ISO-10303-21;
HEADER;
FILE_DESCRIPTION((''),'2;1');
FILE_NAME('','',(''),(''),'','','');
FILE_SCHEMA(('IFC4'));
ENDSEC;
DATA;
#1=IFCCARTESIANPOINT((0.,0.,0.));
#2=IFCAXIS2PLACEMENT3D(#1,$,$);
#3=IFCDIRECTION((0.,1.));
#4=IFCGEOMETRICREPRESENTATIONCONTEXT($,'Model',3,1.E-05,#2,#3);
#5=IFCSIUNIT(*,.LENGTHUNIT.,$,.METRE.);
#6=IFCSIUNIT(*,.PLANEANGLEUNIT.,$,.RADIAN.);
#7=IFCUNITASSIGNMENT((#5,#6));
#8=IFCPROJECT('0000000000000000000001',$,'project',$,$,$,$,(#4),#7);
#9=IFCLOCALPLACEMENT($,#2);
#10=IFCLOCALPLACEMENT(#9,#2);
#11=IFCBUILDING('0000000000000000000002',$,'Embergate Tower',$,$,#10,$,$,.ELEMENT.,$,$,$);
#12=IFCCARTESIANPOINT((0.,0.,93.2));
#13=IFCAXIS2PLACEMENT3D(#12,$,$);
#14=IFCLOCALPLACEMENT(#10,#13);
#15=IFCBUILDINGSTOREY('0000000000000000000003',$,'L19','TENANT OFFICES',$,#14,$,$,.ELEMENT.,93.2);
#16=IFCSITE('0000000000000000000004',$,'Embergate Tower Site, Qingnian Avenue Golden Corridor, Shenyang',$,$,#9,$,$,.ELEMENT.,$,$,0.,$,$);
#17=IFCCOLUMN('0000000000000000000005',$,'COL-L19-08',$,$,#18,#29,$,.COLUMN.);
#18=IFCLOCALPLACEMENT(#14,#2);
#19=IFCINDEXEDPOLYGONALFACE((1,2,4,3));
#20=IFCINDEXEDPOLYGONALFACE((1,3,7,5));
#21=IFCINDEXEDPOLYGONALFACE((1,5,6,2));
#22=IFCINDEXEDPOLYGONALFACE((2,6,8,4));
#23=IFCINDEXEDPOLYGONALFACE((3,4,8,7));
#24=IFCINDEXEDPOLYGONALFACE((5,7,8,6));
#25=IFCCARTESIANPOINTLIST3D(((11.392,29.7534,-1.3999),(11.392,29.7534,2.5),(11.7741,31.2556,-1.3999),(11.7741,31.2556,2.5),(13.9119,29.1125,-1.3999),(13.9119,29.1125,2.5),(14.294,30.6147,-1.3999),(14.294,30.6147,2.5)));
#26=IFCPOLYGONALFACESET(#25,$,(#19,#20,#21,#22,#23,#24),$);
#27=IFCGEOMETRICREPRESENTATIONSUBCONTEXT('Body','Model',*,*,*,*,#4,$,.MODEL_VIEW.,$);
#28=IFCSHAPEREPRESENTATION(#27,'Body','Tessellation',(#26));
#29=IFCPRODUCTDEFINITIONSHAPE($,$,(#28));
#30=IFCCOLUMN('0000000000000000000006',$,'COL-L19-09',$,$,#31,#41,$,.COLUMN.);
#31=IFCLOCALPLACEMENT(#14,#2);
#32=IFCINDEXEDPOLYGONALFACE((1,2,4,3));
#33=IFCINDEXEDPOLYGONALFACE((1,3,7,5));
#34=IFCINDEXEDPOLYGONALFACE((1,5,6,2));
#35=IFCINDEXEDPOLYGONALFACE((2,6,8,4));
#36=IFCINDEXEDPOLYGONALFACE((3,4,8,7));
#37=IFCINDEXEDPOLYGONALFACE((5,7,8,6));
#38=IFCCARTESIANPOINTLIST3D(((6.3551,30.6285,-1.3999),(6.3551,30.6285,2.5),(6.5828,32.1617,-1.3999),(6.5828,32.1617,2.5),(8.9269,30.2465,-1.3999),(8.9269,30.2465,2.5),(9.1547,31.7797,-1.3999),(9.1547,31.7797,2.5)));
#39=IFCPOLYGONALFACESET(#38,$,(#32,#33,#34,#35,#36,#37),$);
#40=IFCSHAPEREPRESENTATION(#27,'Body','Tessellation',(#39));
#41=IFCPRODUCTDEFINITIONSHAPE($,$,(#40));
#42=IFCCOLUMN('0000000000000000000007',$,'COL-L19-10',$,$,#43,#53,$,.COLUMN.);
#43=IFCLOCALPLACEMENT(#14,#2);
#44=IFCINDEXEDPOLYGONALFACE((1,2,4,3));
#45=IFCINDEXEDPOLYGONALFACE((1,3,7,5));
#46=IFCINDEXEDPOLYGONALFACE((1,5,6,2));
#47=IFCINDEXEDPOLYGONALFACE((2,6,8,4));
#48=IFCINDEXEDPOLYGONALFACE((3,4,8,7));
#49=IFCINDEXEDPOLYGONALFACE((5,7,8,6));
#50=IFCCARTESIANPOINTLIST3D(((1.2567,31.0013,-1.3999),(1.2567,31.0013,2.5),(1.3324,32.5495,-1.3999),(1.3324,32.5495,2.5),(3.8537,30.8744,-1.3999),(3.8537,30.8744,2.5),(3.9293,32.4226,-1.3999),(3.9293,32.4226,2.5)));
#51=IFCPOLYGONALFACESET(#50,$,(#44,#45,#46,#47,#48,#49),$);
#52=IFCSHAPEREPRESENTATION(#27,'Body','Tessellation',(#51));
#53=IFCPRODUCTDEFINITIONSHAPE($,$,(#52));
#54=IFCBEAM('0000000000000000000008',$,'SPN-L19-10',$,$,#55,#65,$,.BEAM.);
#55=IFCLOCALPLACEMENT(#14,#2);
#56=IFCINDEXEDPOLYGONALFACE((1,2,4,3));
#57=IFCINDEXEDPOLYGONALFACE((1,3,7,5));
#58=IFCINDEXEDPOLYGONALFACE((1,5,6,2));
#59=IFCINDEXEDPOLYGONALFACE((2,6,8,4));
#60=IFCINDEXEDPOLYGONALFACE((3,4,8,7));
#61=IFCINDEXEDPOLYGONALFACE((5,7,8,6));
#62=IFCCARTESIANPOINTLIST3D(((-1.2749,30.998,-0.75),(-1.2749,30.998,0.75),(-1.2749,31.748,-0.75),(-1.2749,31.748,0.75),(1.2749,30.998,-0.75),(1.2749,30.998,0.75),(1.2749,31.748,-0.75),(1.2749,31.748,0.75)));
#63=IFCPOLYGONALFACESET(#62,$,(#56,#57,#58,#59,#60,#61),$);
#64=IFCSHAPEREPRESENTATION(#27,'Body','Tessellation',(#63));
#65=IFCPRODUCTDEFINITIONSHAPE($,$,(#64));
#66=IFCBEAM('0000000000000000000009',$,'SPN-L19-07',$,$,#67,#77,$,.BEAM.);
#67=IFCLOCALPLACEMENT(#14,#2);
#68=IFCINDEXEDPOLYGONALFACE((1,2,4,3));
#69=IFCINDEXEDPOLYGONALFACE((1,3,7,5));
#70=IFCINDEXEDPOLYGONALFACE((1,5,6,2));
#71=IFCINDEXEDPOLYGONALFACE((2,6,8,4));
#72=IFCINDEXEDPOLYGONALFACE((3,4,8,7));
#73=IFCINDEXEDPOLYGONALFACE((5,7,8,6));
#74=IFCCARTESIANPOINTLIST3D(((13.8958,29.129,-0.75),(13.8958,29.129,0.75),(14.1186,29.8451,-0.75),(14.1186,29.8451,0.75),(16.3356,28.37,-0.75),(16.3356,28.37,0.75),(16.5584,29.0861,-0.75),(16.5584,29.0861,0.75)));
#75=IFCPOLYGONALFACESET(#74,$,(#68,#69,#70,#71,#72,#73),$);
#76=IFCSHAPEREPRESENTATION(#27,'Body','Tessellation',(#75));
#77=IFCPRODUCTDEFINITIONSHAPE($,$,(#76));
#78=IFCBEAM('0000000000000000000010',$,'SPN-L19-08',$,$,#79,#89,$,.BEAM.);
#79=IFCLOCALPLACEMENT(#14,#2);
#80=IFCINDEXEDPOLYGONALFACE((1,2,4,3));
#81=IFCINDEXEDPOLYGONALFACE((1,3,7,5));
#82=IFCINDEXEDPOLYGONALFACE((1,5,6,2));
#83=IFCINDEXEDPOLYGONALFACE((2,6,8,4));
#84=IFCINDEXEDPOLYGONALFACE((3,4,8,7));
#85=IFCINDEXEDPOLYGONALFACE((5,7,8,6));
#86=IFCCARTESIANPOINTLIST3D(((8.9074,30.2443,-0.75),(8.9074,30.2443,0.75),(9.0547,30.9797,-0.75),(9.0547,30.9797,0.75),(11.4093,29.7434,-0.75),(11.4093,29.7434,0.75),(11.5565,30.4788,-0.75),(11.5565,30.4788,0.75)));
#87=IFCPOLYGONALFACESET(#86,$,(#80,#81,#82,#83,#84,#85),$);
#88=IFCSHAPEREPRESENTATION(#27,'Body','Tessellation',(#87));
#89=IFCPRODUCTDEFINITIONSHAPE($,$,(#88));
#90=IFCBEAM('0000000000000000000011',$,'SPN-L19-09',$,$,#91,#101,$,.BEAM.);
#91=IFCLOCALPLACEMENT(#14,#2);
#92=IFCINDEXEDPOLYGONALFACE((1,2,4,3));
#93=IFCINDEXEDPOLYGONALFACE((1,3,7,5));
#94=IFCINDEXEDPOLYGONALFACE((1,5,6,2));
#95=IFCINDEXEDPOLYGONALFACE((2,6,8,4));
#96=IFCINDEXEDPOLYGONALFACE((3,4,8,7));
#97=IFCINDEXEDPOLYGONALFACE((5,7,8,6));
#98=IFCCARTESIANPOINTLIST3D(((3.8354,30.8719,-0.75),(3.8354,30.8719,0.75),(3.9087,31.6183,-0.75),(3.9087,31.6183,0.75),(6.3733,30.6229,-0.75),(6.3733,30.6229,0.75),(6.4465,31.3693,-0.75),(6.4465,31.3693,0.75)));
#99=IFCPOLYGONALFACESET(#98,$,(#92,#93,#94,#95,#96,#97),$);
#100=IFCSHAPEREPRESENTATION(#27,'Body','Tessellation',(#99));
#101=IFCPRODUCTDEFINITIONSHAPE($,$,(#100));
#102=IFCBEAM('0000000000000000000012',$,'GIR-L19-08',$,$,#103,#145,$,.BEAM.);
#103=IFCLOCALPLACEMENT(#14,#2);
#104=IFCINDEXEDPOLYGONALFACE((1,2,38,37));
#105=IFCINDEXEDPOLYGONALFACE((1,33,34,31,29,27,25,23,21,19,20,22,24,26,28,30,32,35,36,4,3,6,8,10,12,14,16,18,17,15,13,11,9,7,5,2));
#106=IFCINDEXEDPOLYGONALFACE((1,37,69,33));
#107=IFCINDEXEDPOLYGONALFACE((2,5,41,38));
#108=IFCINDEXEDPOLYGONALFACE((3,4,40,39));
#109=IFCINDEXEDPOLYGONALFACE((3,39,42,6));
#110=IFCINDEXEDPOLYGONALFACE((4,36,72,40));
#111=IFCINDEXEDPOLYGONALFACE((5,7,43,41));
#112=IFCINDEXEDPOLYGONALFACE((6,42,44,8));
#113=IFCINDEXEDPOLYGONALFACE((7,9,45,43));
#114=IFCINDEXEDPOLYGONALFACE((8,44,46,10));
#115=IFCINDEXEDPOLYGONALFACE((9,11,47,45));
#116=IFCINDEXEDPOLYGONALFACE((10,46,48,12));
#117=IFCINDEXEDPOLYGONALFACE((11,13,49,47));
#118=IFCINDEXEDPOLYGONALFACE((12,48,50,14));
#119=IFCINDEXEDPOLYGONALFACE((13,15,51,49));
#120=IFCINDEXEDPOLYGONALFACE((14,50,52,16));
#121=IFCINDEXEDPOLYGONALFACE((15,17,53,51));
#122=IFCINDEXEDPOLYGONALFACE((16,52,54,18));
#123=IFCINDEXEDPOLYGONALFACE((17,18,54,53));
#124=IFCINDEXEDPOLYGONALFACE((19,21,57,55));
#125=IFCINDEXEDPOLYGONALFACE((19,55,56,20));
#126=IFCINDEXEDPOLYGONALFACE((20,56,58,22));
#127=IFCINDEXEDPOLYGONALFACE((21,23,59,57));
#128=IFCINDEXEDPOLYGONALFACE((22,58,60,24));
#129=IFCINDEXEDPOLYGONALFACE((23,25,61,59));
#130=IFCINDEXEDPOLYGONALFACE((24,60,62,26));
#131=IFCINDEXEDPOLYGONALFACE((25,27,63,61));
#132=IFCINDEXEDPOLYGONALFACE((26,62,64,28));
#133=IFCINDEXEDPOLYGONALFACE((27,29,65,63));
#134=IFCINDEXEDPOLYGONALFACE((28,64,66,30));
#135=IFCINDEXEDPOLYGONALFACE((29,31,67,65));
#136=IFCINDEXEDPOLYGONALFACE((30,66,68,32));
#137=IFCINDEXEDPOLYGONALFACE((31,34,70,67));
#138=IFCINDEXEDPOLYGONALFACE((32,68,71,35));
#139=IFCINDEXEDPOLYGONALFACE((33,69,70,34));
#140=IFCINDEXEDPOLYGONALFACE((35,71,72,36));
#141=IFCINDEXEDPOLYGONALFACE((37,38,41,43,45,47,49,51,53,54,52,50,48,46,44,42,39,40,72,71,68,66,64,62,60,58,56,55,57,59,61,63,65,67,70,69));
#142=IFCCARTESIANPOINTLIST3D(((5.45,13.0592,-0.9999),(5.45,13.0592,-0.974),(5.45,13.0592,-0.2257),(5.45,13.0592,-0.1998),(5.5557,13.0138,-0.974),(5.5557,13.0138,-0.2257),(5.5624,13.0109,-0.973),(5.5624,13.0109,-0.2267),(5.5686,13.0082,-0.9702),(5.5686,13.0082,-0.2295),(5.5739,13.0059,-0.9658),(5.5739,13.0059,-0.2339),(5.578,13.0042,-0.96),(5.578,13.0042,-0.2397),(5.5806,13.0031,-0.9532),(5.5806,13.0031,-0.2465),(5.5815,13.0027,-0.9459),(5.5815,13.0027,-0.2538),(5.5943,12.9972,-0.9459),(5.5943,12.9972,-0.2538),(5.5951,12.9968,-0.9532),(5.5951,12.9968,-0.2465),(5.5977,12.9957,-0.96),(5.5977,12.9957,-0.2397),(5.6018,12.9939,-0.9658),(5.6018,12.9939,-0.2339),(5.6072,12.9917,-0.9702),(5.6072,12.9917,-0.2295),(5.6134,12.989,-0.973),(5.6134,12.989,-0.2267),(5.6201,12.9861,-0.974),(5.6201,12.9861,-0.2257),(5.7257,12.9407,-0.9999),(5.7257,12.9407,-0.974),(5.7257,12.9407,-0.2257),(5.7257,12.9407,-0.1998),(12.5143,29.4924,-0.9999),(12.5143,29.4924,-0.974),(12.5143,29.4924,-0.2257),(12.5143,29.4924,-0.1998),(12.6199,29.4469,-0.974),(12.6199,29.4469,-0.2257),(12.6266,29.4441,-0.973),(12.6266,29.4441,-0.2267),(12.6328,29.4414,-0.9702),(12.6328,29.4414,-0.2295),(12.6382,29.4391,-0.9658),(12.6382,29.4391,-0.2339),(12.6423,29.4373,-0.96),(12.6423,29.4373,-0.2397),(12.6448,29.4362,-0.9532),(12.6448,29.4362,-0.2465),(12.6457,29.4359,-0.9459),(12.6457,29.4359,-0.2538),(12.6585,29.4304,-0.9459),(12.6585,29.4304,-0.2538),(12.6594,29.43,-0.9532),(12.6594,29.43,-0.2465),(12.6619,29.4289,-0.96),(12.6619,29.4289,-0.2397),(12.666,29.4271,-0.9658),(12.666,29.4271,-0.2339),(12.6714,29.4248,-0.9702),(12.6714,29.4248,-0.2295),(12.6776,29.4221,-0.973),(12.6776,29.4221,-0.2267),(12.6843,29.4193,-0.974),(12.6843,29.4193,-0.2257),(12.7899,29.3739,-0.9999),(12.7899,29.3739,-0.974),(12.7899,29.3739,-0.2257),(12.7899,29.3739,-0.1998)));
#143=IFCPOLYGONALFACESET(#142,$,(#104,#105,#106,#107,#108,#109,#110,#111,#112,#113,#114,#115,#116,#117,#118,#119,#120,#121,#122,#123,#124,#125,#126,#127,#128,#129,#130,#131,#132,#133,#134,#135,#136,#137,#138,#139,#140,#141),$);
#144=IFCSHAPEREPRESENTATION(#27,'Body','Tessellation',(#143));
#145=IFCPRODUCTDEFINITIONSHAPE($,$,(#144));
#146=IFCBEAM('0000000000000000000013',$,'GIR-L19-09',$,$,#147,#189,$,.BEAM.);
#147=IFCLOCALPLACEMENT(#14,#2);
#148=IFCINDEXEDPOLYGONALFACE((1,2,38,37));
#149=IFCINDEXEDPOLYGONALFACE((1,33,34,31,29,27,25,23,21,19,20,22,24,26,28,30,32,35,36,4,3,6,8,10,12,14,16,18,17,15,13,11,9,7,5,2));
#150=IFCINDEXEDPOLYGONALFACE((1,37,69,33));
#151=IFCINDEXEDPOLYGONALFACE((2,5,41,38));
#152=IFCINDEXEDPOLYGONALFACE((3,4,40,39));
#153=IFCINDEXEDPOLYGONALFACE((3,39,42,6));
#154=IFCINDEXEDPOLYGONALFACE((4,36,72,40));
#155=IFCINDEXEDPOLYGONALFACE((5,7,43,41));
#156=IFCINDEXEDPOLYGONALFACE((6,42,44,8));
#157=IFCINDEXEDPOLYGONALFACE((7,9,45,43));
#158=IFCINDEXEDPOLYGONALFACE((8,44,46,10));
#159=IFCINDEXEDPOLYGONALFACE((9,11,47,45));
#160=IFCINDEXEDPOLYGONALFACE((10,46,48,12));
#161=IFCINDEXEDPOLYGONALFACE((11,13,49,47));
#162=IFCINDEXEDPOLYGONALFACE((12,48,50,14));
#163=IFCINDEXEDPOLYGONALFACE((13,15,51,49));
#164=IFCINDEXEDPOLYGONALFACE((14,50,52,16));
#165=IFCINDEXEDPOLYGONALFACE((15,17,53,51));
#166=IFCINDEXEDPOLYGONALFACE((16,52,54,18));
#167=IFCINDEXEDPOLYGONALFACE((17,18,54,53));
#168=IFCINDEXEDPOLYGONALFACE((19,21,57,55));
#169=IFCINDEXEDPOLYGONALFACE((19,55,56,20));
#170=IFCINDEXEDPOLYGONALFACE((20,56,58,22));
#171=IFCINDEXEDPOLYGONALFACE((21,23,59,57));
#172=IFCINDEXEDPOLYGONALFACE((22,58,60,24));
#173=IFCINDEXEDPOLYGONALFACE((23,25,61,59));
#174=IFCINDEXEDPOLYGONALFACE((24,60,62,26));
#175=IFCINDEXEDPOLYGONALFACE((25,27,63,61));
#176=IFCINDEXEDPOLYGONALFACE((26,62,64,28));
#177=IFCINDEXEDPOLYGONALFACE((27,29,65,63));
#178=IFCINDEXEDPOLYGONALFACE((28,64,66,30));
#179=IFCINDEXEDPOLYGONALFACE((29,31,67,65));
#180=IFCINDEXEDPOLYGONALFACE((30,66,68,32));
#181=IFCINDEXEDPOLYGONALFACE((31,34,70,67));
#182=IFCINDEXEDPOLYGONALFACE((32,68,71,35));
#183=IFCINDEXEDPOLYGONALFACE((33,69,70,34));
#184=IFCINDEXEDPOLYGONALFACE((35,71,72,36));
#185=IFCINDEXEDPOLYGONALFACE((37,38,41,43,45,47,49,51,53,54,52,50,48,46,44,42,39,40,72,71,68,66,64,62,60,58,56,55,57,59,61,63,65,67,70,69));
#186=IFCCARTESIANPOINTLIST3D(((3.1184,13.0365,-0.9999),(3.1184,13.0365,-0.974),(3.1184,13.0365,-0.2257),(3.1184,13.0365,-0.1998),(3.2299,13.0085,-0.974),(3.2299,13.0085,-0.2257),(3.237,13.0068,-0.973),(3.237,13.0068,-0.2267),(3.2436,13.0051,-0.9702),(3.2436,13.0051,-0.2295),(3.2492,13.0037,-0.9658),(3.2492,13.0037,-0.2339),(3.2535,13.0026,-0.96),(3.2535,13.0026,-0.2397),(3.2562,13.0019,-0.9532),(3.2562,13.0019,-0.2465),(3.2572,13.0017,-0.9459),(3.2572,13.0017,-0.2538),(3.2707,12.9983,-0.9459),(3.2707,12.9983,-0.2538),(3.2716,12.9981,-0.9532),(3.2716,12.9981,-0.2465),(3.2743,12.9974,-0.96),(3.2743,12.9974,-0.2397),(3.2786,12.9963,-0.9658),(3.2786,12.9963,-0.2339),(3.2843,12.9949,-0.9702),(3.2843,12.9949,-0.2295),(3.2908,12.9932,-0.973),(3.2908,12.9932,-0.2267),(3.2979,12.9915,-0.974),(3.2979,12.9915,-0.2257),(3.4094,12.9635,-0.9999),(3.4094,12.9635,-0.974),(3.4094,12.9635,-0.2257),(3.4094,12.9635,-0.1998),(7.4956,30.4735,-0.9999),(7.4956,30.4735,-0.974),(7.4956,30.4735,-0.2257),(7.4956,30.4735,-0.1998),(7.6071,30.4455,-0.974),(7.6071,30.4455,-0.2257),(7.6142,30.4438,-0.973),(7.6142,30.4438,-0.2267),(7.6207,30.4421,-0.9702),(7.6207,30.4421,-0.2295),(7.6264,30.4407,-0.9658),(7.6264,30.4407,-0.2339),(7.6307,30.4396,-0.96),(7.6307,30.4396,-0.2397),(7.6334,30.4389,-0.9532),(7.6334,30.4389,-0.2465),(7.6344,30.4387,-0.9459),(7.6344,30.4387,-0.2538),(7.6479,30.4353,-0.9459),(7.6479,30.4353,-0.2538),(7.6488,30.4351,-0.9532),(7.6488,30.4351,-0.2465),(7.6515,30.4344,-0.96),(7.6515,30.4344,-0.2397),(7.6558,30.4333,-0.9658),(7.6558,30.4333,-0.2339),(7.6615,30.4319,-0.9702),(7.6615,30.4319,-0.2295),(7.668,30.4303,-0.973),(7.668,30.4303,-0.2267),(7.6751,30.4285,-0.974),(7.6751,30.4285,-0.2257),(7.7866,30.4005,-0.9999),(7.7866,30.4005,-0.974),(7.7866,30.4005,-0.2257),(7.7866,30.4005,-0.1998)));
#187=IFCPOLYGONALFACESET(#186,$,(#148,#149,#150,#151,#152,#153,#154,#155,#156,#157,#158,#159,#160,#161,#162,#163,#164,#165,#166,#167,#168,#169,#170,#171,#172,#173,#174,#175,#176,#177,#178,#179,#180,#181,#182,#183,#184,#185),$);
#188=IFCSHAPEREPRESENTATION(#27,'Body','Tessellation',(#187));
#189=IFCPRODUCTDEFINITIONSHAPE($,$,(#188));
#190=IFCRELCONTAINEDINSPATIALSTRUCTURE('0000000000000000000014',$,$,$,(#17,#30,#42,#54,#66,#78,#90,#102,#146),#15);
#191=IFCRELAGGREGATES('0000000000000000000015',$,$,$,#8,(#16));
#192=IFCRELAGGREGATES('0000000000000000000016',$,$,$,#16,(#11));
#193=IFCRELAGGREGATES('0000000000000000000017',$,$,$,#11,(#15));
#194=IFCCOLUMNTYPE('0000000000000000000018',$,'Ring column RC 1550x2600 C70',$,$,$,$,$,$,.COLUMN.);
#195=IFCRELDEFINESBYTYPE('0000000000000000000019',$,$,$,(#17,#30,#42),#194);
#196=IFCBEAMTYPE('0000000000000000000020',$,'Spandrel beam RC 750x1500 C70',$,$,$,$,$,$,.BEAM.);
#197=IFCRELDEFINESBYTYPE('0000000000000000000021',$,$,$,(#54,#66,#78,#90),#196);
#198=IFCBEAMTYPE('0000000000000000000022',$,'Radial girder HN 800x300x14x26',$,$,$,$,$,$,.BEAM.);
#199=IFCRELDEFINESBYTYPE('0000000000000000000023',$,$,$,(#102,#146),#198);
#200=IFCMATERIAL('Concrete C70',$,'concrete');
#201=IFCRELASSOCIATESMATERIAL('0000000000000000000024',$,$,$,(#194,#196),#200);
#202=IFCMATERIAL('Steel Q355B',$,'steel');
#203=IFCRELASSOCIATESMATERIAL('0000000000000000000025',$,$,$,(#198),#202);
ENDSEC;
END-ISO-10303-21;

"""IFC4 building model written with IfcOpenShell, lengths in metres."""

from ifc_helpers import new_model, si_unit, direction, frame, origin, origin_2d, place, context, subcontext, project, spatial, rectangle, i_section, extrude, source, transform, mapped, material, material_profile, profile_set, type_object, element, save


model = new_model("IFC4")

# Units and contexts
model_context = context("Model", 3, precision=1e-05, world=origin(), true_north=direction((0.0, 1.0)))
body_context = subcontext(model_context, "Body", "Model", "MODEL_VIEW")
ifc_project = project(units=[si_unit("LENGTHUNIT", "METRE"), si_unit("PLANEANGLEUNIT", "RADIAN")], contexts=[model_context])

# Site, building, storey
site_placement = place(None, origin())
site = spatial("IfcSite", under=ifc_project, at=site_placement, Name="Embergate Tower Site, Qingnian Avenue Golden Corridor, Shenyang", CompositionType="ELEMENT", RefElevation=0.0)
building_placement = place(site_placement, origin())
building = spatial("IfcBuilding", under=site, at=building_placement, Name="Embergate Tower", CompositionType="ELEMENT")
storey_placement = place(building_placement, frame((0.0, 0.0, 93.2)))
storey = spatial("IfcBuildingStorey", under=building, at=storey_placement, Name="L19", Description="TENANT OFFICES", CompositionType="ELEMENT", Elevation=93.2)

# Columns
ifc_material_1 = material(Name="Concrete C70", Category="concrete")
ifc_material_profile_1 = material_profile(ifc_material_1, rectangle(XDim=1.55, YDim=2.6001, at=origin_2d()), Name="RC 1550x2600")
ifc_profile_set_1 = profile_set([ifc_material_profile_1], Name="Concrete C70")
column_type = type_object("IfcColumnType", Name="Ring column RC 1550x2600 C70", PredefinedType="COLUMN", material=ifc_profile_set_1)
shared_shape_1 = source(origin(), body_context, "Body", "SweptSolid", [
    extrude(rectangle(XDim=1.55, YDim=2.6001, at=origin_2d()), origin(), (0.0, 0.0, 1.0), 3.8999),
])
for number, where, z_axis, x_axis, name in (
    (1, (12.843, 30.1841, -1.3999), (0.0, 0.0, 1.0), (0.246492, 0.969145, 0.0), "COL-L19-08"),
    (2, (7.7549, 31.2041, -1.3999), (0.0, 0.0, 1.0), (0.146929, 0.989147, 0.0), "COL-L19-09"),
    (3, (2.593, 31.7119, -1.3999), (0.0, 0.0, 1.0), (0.048815, 0.998808, 0.0), "COL-L19-10"),
):
    element("IfcColumn", number, at=place(storey_placement, frame(where, z_axis=z_axis, x_axis=x_axis)), inside=storey, type_object=column_type, Name=name, PredefinedType="COLUMN", context=body_context, shape_type="MappedRepresentation", body=[
        mapped(shared_shape_1, transform((0.0, 0.0, 0.0))),
    ])

# Beams
ifc_material_profile_2 = material_profile(ifc_material_1, rectangle(XDim=0.75, YDim=1.5, at=origin_2d()), Name="RC 750x1500")
ifc_profile_set_2 = profile_set([ifc_material_profile_2], Name="Concrete C70")
beam_type_1 = type_object("IfcBeamType", Name="Spandrel beam RC 750x1500 C70", PredefinedType="BEAM", material=ifc_profile_set_2)
shared_shape_2 = source(origin(), body_context, "Body", "SweptSolid", [
    extrude(rectangle(XDim=0.75, YDim=1.5, at=origin_2d()), origin(), (0.0, 0.0, 1.0), 2.5498),
])
beam_1_placement = place(storey_placement, frame((1.2749, 31.373, 0.0), z_axis=(-1.0, 0.0, 0.0), x_axis=(0.0, -1.0, 0.0)))
element("IfcBeam", 4, at=beam_1_placement, inside=storey, type_object=beam_type_1, Name="SPN-L19-10", PredefinedType="BEAM", context=body_context, shape_type="MappedRepresentation", body=[
    mapped(shared_shape_2, transform((0.0, 0.0, 0.0))),
])
shared_shape_3 = source(origin(), body_context, "Body", "SweptSolid", [
    extrude(rectangle(XDim=0.75, YDim=1.5, at=origin_2d()), origin(), (0.0, 0.0, 1.0), 2.5552),
])
beam_2_placement = place(storey_placement, frame((16.447, 28.728, 0.0), z_axis=(-0.954863, 0.297045, 0.0), x_axis=(-0.297045, -0.954863, 0.0)))
element("IfcBeam", 5, at=beam_2_placement, inside=storey, type_object=beam_type_1, Name="SPN-L19-07", PredefinedType="BEAM", context=body_context, shape_type="MappedRepresentation", body=[
    mapped(shared_shape_3, transform((0.0, 0.0, 0.0))),
])
shared_shape_4 = source(origin(), body_context, "Body", "SweptSolid", [
    extrude(rectangle(XDim=0.75, YDim=1.5, at=origin_2d()), origin(), (0.0, 0.0, 1.0), 2.5515),
])
beam_3_placement = place(storey_placement, frame((11.4829, 30.1111, 0.0), z_axis=(-0.980536, 0.196337, 0.0), x_axis=(-0.196337, -0.980536, 0.0)))
element("IfcBeam", 6, at=beam_3_placement, inside=storey, type_object=beam_type_1, Name="SPN-L19-08", PredefinedType="BEAM", context=body_context, shape_type="MappedRepresentation", body=[
    mapped(shared_shape_4, transform((0.0, 0.0, 0.0))),
])
shared_shape_5 = source(origin(), body_context, "Body", "SweptSolid", [
    extrude(rectangle(XDim=0.75, YDim=1.5, at=origin_2d()), origin(), (0.0, 0.0, 1.0), 2.55),
])
beam_4_placement = place(storey_placement, frame((6.4099, 30.9961, 0.0), z_axis=(-0.99522, 0.097655, 0.0), x_axis=(-0.097655, -0.99522, 0.0)))
element("IfcBeam", 7, at=beam_4_placement, inside=storey, type_object=beam_type_1, Name="SPN-L19-09", PredefinedType="BEAM", context=body_context, shape_type="MappedRepresentation", body=[
    mapped(shared_shape_5, transform((0.0, 0.0, 0.0))),
])
ifc_material_2 = material(Name="Steel Q355B", Category="steel")
ifc_material_profile_3 = material_profile(ifc_material_2, i_section(OverallWidth=0.3, OverallDepth=0.8, WebThickness=0.0139, FlangeThickness=0.0259, FilletRadius=0.0281, at=origin_2d()), Name="HN 800x300x14x26")
ifc_profile_set_3 = profile_set([ifc_material_profile_3], Name="Steel Q355 grade B")
beam_type_2 = type_object("IfcBeamType", Name="Radial girder HN 800x300x14x26", PredefinedType="BEAM", material=ifc_profile_set_3)
shared_shape_6 = source(origin(), body_context, "Body", "SweptSolid", [
    extrude(i_section(OverallWidth=0.3, OverallDepth=0.8, WebThickness=0.0139, FlangeThickness=0.0259, FilletRadius=0.0281, at=origin_2d()), origin(), (0.0, 0.0, 1.0), 17.8872),
])
beam_5_placement = place(storey_placement, frame((12.6521, 29.4331, -0.5999), z_axis=(-0.394932, -0.91871, 0.0), x_axis=(0.91871, -0.394932, 0.0)))
element("IfcBeam", 8, at=beam_5_placement, inside=storey, type_object=beam_type_2, Name="GIR-L19-08", PredefinedType="BEAM", context=body_context, shape_type="MappedRepresentation", body=[
    mapped(shared_shape_6, transform((0.0, 0.0, 0.0))),
])
shared_shape_7 = source(origin(), body_context, "Body", "SweptSolid", [
    extrude(i_section(OverallWidth=0.3, OverallDepth=0.8, WebThickness=0.0139, FlangeThickness=0.0259, FilletRadius=0.0281, at=origin_2d()), origin(), (0.0, 0.0, 1.0), 17.978),
])
beam_6_placement = place(storey_placement, frame((7.6411, 30.437, -0.5999), z_axis=(-0.243475, -0.969907, 0.0), x_axis=(0.969907, -0.243475, 0.0)))
element("IfcBeam", 9, at=beam_6_placement, inside=storey, type_object=beam_type_2, Name="GIR-L19-09", PredefinedType="BEAM", context=body_context, shape_type="MappedRepresentation", body=[
    mapped(shared_shape_7, transform((0.0, 0.0, 0.0))),
])

save(model, "model.ifc")
